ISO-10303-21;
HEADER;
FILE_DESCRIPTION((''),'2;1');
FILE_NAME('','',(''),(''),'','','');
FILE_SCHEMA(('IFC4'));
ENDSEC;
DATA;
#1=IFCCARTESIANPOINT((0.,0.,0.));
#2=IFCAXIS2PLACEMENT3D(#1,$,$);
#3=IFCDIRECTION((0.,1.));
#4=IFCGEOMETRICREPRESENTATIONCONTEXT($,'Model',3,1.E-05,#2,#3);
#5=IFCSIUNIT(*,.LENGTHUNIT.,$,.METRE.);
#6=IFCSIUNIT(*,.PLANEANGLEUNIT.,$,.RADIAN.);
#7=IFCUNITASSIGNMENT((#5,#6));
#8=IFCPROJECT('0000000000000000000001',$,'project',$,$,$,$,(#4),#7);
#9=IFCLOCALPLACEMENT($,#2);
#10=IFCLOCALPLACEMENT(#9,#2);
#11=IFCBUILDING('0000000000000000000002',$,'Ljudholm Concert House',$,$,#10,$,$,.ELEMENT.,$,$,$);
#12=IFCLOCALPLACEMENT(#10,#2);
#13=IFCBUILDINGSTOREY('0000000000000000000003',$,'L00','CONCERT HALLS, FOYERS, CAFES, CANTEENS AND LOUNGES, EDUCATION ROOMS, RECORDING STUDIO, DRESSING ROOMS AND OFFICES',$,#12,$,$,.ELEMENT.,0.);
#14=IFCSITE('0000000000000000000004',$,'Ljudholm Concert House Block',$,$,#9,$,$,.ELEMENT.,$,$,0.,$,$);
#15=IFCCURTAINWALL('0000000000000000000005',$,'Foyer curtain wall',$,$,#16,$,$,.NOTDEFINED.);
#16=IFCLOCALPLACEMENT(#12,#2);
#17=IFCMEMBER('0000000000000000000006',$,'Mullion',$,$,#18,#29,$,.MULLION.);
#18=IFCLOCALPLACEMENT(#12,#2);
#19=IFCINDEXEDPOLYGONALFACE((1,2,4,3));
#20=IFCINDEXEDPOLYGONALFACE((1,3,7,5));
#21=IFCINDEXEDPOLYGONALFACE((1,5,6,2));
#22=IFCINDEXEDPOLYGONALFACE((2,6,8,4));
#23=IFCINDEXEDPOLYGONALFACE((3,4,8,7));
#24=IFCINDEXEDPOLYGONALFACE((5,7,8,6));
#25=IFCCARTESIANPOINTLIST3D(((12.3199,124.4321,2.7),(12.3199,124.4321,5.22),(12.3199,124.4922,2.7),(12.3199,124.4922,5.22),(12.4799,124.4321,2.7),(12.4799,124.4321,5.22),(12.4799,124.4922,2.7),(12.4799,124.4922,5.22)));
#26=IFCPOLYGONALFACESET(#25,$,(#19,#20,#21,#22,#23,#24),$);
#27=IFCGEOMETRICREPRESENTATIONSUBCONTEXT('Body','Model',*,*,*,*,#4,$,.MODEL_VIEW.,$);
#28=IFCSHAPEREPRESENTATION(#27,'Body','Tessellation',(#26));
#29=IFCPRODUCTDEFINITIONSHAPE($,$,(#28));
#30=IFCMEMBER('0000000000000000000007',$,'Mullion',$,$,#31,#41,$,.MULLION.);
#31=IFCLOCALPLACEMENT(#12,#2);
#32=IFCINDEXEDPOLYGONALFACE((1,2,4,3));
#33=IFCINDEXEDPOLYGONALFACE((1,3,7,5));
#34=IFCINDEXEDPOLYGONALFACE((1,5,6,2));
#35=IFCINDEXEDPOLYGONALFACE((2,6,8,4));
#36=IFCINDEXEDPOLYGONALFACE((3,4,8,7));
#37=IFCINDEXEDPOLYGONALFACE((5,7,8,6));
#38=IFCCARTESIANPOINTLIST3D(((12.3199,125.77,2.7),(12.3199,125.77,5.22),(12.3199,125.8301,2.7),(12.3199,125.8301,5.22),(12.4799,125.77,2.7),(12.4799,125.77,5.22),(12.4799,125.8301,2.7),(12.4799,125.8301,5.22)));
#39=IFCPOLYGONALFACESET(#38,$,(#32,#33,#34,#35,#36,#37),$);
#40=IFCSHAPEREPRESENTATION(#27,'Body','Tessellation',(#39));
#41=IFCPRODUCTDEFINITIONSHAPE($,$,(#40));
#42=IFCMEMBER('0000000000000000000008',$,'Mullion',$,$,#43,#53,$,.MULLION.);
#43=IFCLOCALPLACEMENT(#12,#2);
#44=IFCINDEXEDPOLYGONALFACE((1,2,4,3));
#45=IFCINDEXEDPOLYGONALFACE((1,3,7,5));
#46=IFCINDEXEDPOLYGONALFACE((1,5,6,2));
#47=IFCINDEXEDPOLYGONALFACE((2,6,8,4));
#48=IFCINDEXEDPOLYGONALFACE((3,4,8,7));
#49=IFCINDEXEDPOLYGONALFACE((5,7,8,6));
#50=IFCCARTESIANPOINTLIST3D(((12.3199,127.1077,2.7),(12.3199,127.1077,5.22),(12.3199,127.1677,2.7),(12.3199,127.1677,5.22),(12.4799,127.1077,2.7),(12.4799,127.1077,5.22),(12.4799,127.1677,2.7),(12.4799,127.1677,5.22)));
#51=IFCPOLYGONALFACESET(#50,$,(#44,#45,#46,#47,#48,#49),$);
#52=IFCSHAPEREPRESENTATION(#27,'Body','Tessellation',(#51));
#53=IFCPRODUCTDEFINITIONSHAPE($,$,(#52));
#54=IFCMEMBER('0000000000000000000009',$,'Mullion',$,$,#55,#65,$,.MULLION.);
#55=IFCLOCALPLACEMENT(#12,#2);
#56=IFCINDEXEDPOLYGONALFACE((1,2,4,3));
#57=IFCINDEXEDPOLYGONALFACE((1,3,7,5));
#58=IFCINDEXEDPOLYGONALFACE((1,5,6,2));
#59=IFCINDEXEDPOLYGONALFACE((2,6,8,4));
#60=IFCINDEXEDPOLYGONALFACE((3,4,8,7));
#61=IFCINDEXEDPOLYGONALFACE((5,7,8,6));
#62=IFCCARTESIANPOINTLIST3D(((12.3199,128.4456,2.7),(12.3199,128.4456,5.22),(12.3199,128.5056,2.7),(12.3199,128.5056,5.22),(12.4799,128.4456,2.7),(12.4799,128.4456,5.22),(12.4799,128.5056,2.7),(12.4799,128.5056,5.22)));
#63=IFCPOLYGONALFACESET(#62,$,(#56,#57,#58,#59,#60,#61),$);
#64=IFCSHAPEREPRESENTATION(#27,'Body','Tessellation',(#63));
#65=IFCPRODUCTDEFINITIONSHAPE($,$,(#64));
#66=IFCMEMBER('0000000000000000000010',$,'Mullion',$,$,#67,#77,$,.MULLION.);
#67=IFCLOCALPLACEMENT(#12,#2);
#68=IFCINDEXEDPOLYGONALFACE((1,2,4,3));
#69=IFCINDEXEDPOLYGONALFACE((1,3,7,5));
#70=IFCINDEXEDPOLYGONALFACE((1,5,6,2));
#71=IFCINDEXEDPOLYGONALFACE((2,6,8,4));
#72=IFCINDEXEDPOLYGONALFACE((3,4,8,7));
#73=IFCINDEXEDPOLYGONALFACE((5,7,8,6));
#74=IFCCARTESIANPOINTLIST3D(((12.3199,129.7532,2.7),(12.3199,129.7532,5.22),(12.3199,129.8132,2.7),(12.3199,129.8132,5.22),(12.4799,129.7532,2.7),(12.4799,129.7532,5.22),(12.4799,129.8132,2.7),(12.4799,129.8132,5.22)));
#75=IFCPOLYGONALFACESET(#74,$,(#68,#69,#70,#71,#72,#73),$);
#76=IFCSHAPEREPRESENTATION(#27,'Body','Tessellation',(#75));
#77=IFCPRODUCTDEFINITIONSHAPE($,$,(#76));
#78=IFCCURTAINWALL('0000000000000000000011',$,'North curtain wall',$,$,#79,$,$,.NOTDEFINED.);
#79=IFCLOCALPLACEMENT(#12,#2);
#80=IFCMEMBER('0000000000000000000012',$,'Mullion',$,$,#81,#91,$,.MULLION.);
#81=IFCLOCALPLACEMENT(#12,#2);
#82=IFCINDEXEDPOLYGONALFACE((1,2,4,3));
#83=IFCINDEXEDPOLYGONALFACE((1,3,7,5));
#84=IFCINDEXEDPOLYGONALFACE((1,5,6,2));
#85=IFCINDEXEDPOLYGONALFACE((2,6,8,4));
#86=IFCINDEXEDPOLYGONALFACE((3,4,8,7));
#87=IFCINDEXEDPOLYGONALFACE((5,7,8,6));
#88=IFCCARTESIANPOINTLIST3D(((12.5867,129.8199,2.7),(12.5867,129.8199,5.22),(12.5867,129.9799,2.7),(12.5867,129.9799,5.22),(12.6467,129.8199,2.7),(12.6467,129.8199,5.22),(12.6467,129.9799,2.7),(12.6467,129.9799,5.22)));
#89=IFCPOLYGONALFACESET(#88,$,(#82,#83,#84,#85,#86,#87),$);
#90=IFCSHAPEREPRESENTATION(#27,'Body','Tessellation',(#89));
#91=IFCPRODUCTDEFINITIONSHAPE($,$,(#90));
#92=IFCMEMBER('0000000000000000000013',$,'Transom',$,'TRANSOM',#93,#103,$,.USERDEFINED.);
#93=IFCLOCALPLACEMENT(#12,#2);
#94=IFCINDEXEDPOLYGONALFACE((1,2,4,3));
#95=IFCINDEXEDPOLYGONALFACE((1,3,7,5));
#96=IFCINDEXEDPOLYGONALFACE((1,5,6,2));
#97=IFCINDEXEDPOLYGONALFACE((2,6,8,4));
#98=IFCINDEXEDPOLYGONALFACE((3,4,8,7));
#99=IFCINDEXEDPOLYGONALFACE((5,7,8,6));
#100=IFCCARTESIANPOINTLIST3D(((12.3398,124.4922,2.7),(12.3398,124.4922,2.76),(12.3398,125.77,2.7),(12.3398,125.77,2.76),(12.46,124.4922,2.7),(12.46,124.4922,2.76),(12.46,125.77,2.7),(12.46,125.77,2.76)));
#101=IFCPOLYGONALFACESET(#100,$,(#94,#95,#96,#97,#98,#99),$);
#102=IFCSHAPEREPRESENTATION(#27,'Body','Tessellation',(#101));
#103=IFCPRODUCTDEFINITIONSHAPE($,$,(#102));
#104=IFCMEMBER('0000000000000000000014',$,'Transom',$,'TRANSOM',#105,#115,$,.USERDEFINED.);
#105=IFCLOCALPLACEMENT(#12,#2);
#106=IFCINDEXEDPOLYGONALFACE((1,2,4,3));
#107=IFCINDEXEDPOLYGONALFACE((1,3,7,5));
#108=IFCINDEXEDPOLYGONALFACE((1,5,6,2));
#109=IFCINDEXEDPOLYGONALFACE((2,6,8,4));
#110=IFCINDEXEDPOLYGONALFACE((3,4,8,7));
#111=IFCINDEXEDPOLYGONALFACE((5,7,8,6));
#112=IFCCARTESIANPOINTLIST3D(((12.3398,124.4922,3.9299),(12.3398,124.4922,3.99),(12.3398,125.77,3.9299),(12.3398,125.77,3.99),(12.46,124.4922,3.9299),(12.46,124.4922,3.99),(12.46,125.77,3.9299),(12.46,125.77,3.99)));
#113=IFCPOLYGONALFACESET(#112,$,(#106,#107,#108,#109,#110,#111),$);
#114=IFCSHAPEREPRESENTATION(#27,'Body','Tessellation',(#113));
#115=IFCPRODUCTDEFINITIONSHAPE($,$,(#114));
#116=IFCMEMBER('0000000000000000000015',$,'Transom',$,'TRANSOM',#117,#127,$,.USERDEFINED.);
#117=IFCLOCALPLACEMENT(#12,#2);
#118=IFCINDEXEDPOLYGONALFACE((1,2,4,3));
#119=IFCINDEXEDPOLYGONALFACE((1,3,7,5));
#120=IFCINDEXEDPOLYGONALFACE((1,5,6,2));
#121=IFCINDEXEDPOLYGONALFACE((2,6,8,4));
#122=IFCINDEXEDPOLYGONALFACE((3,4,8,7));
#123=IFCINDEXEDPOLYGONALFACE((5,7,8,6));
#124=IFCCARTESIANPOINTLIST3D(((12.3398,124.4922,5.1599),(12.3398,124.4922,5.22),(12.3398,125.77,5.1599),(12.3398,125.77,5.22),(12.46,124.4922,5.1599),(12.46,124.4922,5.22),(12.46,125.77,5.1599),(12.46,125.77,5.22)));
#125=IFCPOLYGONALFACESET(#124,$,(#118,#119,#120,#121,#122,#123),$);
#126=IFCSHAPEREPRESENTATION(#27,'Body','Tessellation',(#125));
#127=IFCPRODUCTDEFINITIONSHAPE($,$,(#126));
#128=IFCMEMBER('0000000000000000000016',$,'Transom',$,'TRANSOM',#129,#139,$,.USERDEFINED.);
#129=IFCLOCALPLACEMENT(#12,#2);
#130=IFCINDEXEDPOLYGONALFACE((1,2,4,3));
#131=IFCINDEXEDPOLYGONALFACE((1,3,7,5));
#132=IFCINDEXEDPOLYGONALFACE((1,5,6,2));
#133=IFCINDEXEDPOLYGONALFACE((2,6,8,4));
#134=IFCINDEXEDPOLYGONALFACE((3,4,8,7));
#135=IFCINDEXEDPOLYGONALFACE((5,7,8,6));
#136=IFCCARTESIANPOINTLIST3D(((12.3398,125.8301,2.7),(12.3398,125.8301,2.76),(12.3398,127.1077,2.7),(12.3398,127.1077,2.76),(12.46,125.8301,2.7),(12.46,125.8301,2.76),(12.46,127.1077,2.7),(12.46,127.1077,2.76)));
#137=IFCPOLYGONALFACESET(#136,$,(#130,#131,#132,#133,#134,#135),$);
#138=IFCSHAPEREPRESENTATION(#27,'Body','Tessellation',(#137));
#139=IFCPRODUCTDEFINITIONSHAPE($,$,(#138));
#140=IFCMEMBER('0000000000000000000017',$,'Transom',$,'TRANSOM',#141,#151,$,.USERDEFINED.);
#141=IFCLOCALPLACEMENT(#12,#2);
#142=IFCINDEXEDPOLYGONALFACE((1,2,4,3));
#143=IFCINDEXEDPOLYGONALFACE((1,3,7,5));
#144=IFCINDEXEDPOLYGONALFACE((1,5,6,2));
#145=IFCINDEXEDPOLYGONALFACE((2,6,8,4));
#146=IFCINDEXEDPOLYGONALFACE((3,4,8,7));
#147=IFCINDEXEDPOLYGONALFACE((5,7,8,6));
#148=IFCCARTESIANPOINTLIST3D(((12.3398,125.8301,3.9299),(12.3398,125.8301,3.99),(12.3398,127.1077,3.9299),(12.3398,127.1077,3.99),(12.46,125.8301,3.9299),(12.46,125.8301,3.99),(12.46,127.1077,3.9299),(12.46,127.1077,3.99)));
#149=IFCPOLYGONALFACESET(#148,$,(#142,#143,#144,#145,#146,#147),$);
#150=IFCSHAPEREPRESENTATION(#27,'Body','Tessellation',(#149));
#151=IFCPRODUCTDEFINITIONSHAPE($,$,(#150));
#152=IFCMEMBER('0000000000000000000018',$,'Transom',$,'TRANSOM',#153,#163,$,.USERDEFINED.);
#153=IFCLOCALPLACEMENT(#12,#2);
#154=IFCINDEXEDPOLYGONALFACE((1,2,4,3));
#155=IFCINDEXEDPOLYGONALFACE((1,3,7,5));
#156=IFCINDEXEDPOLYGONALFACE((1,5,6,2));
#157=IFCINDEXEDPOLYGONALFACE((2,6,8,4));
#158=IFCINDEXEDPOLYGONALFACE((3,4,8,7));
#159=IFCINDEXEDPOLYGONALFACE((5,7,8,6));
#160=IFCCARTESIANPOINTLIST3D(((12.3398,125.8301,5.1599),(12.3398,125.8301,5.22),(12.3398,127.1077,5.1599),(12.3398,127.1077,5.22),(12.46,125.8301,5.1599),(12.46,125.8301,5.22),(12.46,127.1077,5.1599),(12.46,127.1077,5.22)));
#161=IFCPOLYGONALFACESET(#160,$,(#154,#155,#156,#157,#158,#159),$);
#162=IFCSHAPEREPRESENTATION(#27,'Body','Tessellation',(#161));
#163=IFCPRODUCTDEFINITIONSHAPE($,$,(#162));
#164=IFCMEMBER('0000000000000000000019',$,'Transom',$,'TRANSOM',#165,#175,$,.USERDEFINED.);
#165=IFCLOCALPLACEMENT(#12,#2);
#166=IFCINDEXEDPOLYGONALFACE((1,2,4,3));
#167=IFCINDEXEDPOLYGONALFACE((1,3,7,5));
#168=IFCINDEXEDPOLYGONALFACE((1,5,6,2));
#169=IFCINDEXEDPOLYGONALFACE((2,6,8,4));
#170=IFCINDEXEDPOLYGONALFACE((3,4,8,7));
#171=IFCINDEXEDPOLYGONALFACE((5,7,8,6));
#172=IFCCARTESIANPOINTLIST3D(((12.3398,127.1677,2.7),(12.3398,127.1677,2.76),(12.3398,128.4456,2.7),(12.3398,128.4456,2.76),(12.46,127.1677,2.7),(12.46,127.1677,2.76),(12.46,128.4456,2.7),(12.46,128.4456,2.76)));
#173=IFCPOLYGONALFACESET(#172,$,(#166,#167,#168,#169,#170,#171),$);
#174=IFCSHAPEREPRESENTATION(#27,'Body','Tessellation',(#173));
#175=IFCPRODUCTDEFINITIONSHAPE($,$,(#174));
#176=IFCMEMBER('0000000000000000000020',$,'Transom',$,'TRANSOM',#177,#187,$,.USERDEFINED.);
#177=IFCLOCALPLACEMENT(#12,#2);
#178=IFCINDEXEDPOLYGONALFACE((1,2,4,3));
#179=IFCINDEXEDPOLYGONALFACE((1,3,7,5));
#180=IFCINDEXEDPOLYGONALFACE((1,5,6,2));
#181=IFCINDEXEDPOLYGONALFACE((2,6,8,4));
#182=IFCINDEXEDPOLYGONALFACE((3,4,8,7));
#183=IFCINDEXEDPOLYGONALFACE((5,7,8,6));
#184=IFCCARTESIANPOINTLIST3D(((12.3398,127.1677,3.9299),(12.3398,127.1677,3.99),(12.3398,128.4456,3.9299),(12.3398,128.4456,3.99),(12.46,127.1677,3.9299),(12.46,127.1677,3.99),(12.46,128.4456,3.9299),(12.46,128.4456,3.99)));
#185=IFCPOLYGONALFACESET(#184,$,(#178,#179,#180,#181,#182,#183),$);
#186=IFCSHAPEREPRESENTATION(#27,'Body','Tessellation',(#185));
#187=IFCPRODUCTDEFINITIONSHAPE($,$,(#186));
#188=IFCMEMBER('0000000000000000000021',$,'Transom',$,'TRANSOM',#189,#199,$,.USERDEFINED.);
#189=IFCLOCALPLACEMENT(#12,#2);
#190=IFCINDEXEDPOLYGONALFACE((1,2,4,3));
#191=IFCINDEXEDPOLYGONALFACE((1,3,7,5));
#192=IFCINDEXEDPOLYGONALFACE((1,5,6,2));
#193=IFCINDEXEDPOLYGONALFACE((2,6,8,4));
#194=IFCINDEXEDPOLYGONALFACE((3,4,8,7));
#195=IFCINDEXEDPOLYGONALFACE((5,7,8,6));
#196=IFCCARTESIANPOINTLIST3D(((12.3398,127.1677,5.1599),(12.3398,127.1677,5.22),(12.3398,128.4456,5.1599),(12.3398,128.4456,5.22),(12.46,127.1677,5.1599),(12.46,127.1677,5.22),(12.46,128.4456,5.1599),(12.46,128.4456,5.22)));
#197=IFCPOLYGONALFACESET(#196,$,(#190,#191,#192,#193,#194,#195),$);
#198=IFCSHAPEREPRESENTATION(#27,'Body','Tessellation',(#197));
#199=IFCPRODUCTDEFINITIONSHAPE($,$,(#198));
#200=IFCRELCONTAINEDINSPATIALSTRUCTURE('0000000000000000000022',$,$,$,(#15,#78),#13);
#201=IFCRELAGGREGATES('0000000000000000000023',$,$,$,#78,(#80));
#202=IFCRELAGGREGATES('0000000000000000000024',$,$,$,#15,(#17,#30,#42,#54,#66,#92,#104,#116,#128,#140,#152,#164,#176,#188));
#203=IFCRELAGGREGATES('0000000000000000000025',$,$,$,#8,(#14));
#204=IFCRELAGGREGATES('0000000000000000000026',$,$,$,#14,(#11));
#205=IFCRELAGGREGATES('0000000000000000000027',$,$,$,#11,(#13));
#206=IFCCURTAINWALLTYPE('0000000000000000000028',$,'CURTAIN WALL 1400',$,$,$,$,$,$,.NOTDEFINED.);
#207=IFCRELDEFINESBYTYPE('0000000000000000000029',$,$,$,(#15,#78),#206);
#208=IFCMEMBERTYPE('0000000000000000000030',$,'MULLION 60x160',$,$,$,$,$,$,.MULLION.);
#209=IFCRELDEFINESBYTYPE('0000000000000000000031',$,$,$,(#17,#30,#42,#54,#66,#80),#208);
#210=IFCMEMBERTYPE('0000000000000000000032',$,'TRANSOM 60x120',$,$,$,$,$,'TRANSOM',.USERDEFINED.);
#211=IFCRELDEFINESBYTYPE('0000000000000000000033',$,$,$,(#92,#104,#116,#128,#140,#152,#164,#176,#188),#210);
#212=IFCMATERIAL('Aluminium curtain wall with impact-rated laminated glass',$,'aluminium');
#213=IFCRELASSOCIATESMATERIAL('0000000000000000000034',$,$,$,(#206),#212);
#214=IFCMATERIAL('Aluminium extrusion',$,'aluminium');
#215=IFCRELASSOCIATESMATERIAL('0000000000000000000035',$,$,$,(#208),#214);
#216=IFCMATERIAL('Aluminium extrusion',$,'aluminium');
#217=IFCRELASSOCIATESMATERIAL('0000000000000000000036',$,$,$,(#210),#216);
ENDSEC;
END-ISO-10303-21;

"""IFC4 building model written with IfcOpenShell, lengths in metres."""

from ifc_helpers import new_model, si_unit, direction, frame, origin, origin_2d, place, context, subcontext, project, spatial, rectangle, extrude, material, material_profile, profile_set, type_object, element, aggregate, save


model = new_model("IFC4")

# Units and contexts
model_context = context("Model", 3, precision=1e-05, world=origin(), true_north=direction((0.0, 1.0)))
body_context = subcontext(model_context, "Body", "Model", "MODEL_VIEW")
ifc_project = project(units=[si_unit("LENGTHUNIT", "METRE"), si_unit("PLANEANGLEUNIT", "RADIAN")], contexts=[model_context])

# Site, building, storey
site_placement = place(None, origin())
site = spatial("IfcSite", under=ifc_project, at=site_placement, Name="Ljudholm Concert House Block", CompositionType="ELEMENT", RefElevation=0.0)
building_placement = place(site_placement, origin())
building = spatial("IfcBuilding", under=site, at=building_placement, Name="Ljudholm Concert House", CompositionType="ELEMENT")
storey_placement = place(building_placement, origin())
storey = spatial("IfcBuildingStorey", under=building, at=storey_placement, Name="L00", Description="CONCERT HALLS, FOYERS, CAFES, CANTEENS AND LOUNGES, EDUCATION ROOMS, RECORDING STUDIO, DRESSING ROOMS AND OFFICES", CompositionType="ELEMENT", Elevation=0.0)

# Curtain wall, members
ifc_material_1 = material(Name="Aluminium curtain wall with impact-rated laminated glass", Category="aluminium")
curtain_wall_type = type_object("IfcCurtainWallType", Name="CURTAIN WALL 1400", PredefinedType="NOTDEFINED", material=ifc_material_1)
curtain_wall_1_placement = place(storey_placement, origin())
curtain_wall_1 = element("IfcCurtainWall", 1, at=curtain_wall_1_placement, inside=storey, type_object=curtain_wall_type, Name="Foyer curtain wall", PredefinedType="NOTDEFINED")
ifc_material_2 = material(Name="Aluminium extrusion", Category="aluminium")
ifc_material_profile_1 = material_profile(ifc_material_2, rectangle(XDim=0.1599, YDim=0.0601, at=origin_2d()), Name="MULLION 60x160")
ifc_profile_set_1 = profile_set([ifc_material_profile_1], Name="Aluminium extrusion")
member_type_1 = type_object("IfcMemberType", Name="MULLION 60x160", PredefinedType="MULLION", material=ifc_profile_set_1)
member_1_placement = place(storey_placement, frame((12.3999, 124.4622, 2.7), z_axis=(0.0, 0.0, 1.0), x_axis=(-1.0, 0.0, 0.0)))
member_1 = element("IfcMember", 2, at=member_1_placement, type_object=member_type_1, Name="Mullion", PredefinedType="MULLION", context=body_context, shape_type="SweptSolid", body=[
    extrude(rectangle(XDim=0.1599, YDim=0.0601, at=origin_2d()), origin(), (0.0, 0.0, 1.0), 2.52),
])
member_2_placement = place(storey_placement, frame((12.3999, 125.8, 2.7), z_axis=(0.0, 0.0, 1.0), x_axis=(-1.0, 0.0, 0.0)))
member_2 = element("IfcMember", 3, at=member_2_placement, type_object=member_type_1, Name="Mullion", PredefinedType="MULLION", context=body_context, shape_type="SweptSolid", body=[
    extrude(rectangle(XDim=0.1599, YDim=0.0601, at=origin_2d()), origin(), (0.0, 0.0, 1.0), 2.52),
])
member_3_placement = place(storey_placement, frame((12.3999, 127.1377, 2.7), z_axis=(0.0, 0.0, 1.0), x_axis=(-1.0, 0.0, 0.0)))
member_3 = element("IfcMember", 4, at=member_3_placement, type_object=member_type_1, Name="Mullion", PredefinedType="MULLION", context=body_context, shape_type="SweptSolid", body=[
    extrude(rectangle(XDim=0.1599, YDim=0.0601, at=origin_2d()), origin(), (0.0, 0.0, 1.0), 2.52),
])
member_4_placement = place(storey_placement, frame((12.3999, 128.4756, 2.7), z_axis=(0.0, 0.0, 1.0), x_axis=(-1.0, 0.0, 0.0)))
member_4 = element("IfcMember", 5, at=member_4_placement, type_object=member_type_1, Name="Mullion", PredefinedType="MULLION", context=body_context, shape_type="SweptSolid", body=[
    extrude(rectangle(XDim=0.1599, YDim=0.0601, at=origin_2d()), origin(), (0.0, 0.0, 1.0), 2.52),
])
member_5_placement = place(storey_placement, frame((12.3999, 129.7832, 2.7), z_axis=(0.0, 0.0, 1.0), x_axis=(-1.0, 0.0, 0.0)))
member_5 = element("IfcMember", 6, at=member_5_placement, type_object=member_type_1, Name="Mullion", PredefinedType="MULLION", context=body_context, shape_type="SweptSolid", body=[
    extrude(rectangle(XDim=0.1599, YDim=0.0601, at=origin_2d()), origin(), (0.0, 0.0, 1.0), 2.52),
])

# Curtain wall, member
curtain_wall_2_placement = place(storey_placement, origin())
curtain_wall_2 = element("IfcCurtainWall", 7, at=curtain_wall_2_placement, inside=storey, type_object=curtain_wall_type, Name="North curtain wall", PredefinedType="NOTDEFINED")
member_6_placement = place(storey_placement, frame((12.6167, 129.8999, 2.7), z_axis=(0.0, 0.0, 1.0), x_axis=(0.0, 1.0, 0.0)))
member_6 = element("IfcMember", 8, at=member_6_placement, type_object=member_type_1, Name="Mullion", PredefinedType="MULLION", context=body_context, shape_type="SweptSolid", body=[
    extrude(rectangle(XDim=0.1599, YDim=0.0601, at=origin_2d()), origin(), (0.0, 0.0, 1.0), 2.52),
])

# Members
ifc_material_3 = material(Name="Aluminium extrusion", Category="aluminium")
ifc_material_profile_2 = material_profile(ifc_material_3, rectangle(XDim=0.1201, YDim=0.0601, at=origin_2d()), Name="TRANSOM 60x120")
ifc_profile_set_2 = profile_set([ifc_material_profile_2], Name="Aluminium extrusion")
member_type_2 = type_object("IfcMemberType", Name="TRANSOM 60x120", ElementType="TRANSOM", PredefinedType="USERDEFINED", material=ifc_profile_set_2)
member_7_placement = place(storey_placement, frame((12.3999, 124.4922, 2.73), z_axis=(0.0, 1.0, 0.0), x_axis=(-1.0, 0.0, 0.0)))
member_7 = element("IfcMember", 9, at=member_7_placement, type_object=member_type_2, Name="Transom", ObjectType="TRANSOM", PredefinedType="USERDEFINED", context=body_context, shape_type="SweptSolid", body=[
    extrude(rectangle(XDim=0.1201, YDim=0.0601, at=origin_2d()), origin(), (0.0, 0.0, 1.0), 1.2778),
])
member_8_placement = place(storey_placement, frame((12.3999, 124.4922, 3.96), z_axis=(0.0, 1.0, 0.0), x_axis=(-1.0, 0.0, 0.0)))
member_8 = element("IfcMember", 10, at=member_8_placement, type_object=member_type_2, Name="Transom", ObjectType="TRANSOM", PredefinedType="USERDEFINED", context=body_context, shape_type="SweptSolid", body=[
    extrude(rectangle(XDim=0.1201, YDim=0.0601, at=origin_2d()), origin(), (0.0, 0.0, 1.0), 1.2778),
])
member_9_placement = place(storey_placement, frame((12.3999, 124.4922, 5.1899), z_axis=(0.0, 1.0, 0.0), x_axis=(-1.0, 0.0, 0.0)))
member_9 = element("IfcMember", 11, at=member_9_placement, type_object=member_type_2, Name="Transom", ObjectType="TRANSOM", PredefinedType="USERDEFINED", context=body_context, shape_type="SweptSolid", body=[
    extrude(rectangle(XDim=0.1201, YDim=0.0601, at=origin_2d()), origin(), (0.0, 0.0, 1.0), 1.2778),
])
member_10_placement = place(storey_placement, frame((12.3999, 125.8301, 2.73), z_axis=(0.0, 1.0, 0.0), x_axis=(-1.0, 0.0, 0.0)))
member_10 = element("IfcMember", 12, at=member_10_placement, type_object=member_type_2, Name="Transom", ObjectType="TRANSOM", PredefinedType="USERDEFINED", context=body_context, shape_type="SweptSolid", body=[
    extrude(rectangle(XDim=0.1201, YDim=0.0601, at=origin_2d()), origin(), (0.0, 0.0, 1.0), 1.2776),
])
member_11_placement = place(storey_placement, frame((12.3999, 125.8301, 3.96), z_axis=(0.0, 1.0, 0.0), x_axis=(-1.0, 0.0, 0.0)))
member_11 = element("IfcMember", 13, at=member_11_placement, type_object=member_type_2, Name="Transom", ObjectType="TRANSOM", PredefinedType="USERDEFINED", context=body_context, shape_type="SweptSolid", body=[
    extrude(rectangle(XDim=0.1201, YDim=0.0601, at=origin_2d()), origin(), (0.0, 0.0, 1.0), 1.2776),
])
member_12_placement = place(storey_placement, frame((12.3999, 125.8301, 5.1899), z_axis=(0.0, 1.0, 0.0), x_axis=(-1.0, 0.0, 0.0)))
member_12 = element("IfcMember", 14, at=member_12_placement, type_object=member_type_2, Name="Transom", ObjectType="TRANSOM", PredefinedType="USERDEFINED", context=body_context, shape_type="SweptSolid", body=[
    extrude(rectangle(XDim=0.1201, YDim=0.0601, at=origin_2d()), origin(), (0.0, 0.0, 1.0), 1.2776),
])
member_13_placement = place(storey_placement, frame((12.3999, 127.1677, 2.73), z_axis=(0.0, 1.0, 0.0), x_axis=(-1.0, 0.0, 0.0)))
member_13 = element("IfcMember", 15, at=member_13_placement, type_object=member_type_2, Name="Transom", ObjectType="TRANSOM", PredefinedType="USERDEFINED", context=body_context, shape_type="SweptSolid", body=[
    extrude(rectangle(XDim=0.1201, YDim=0.0601, at=origin_2d()), origin(), (0.0, 0.0, 1.0), 1.2778),
])
member_14_placement = place(storey_placement, frame((12.3999, 127.1677, 3.96), z_axis=(0.0, 1.0, 0.0), x_axis=(-1.0, 0.0, 0.0)))
member_14 = element("IfcMember", 16, at=member_14_placement, type_object=member_type_2, Name="Transom", ObjectType="TRANSOM", PredefinedType="USERDEFINED", context=body_context, shape_type="SweptSolid", body=[
    extrude(rectangle(XDim=0.1201, YDim=0.0601, at=origin_2d()), origin(), (0.0, 0.0, 1.0), 1.2778),
])
member_15_placement = place(storey_placement, frame((12.3999, 127.1677, 5.1899), z_axis=(0.0, 1.0, 0.0), x_axis=(-1.0, 0.0, 0.0)))
member_15 = element("IfcMember", 17, at=member_15_placement, type_object=member_type_2, Name="Transom", ObjectType="TRANSOM", PredefinedType="USERDEFINED", context=body_context, shape_type="SweptSolid", body=[
    extrude(rectangle(XDim=0.1201, YDim=0.0601, at=origin_2d()), origin(), (0.0, 0.0, 1.0), 1.2778),
])
aggregate(curtain_wall_2, [member_6])

aggregate(curtain_wall_1, [member_1, member_2, member_3, member_4, member_5, member_7, member_8, member_9, member_10, member_11, member_12, member_13, member_14, member_15])

save(model, "model.ifc")
